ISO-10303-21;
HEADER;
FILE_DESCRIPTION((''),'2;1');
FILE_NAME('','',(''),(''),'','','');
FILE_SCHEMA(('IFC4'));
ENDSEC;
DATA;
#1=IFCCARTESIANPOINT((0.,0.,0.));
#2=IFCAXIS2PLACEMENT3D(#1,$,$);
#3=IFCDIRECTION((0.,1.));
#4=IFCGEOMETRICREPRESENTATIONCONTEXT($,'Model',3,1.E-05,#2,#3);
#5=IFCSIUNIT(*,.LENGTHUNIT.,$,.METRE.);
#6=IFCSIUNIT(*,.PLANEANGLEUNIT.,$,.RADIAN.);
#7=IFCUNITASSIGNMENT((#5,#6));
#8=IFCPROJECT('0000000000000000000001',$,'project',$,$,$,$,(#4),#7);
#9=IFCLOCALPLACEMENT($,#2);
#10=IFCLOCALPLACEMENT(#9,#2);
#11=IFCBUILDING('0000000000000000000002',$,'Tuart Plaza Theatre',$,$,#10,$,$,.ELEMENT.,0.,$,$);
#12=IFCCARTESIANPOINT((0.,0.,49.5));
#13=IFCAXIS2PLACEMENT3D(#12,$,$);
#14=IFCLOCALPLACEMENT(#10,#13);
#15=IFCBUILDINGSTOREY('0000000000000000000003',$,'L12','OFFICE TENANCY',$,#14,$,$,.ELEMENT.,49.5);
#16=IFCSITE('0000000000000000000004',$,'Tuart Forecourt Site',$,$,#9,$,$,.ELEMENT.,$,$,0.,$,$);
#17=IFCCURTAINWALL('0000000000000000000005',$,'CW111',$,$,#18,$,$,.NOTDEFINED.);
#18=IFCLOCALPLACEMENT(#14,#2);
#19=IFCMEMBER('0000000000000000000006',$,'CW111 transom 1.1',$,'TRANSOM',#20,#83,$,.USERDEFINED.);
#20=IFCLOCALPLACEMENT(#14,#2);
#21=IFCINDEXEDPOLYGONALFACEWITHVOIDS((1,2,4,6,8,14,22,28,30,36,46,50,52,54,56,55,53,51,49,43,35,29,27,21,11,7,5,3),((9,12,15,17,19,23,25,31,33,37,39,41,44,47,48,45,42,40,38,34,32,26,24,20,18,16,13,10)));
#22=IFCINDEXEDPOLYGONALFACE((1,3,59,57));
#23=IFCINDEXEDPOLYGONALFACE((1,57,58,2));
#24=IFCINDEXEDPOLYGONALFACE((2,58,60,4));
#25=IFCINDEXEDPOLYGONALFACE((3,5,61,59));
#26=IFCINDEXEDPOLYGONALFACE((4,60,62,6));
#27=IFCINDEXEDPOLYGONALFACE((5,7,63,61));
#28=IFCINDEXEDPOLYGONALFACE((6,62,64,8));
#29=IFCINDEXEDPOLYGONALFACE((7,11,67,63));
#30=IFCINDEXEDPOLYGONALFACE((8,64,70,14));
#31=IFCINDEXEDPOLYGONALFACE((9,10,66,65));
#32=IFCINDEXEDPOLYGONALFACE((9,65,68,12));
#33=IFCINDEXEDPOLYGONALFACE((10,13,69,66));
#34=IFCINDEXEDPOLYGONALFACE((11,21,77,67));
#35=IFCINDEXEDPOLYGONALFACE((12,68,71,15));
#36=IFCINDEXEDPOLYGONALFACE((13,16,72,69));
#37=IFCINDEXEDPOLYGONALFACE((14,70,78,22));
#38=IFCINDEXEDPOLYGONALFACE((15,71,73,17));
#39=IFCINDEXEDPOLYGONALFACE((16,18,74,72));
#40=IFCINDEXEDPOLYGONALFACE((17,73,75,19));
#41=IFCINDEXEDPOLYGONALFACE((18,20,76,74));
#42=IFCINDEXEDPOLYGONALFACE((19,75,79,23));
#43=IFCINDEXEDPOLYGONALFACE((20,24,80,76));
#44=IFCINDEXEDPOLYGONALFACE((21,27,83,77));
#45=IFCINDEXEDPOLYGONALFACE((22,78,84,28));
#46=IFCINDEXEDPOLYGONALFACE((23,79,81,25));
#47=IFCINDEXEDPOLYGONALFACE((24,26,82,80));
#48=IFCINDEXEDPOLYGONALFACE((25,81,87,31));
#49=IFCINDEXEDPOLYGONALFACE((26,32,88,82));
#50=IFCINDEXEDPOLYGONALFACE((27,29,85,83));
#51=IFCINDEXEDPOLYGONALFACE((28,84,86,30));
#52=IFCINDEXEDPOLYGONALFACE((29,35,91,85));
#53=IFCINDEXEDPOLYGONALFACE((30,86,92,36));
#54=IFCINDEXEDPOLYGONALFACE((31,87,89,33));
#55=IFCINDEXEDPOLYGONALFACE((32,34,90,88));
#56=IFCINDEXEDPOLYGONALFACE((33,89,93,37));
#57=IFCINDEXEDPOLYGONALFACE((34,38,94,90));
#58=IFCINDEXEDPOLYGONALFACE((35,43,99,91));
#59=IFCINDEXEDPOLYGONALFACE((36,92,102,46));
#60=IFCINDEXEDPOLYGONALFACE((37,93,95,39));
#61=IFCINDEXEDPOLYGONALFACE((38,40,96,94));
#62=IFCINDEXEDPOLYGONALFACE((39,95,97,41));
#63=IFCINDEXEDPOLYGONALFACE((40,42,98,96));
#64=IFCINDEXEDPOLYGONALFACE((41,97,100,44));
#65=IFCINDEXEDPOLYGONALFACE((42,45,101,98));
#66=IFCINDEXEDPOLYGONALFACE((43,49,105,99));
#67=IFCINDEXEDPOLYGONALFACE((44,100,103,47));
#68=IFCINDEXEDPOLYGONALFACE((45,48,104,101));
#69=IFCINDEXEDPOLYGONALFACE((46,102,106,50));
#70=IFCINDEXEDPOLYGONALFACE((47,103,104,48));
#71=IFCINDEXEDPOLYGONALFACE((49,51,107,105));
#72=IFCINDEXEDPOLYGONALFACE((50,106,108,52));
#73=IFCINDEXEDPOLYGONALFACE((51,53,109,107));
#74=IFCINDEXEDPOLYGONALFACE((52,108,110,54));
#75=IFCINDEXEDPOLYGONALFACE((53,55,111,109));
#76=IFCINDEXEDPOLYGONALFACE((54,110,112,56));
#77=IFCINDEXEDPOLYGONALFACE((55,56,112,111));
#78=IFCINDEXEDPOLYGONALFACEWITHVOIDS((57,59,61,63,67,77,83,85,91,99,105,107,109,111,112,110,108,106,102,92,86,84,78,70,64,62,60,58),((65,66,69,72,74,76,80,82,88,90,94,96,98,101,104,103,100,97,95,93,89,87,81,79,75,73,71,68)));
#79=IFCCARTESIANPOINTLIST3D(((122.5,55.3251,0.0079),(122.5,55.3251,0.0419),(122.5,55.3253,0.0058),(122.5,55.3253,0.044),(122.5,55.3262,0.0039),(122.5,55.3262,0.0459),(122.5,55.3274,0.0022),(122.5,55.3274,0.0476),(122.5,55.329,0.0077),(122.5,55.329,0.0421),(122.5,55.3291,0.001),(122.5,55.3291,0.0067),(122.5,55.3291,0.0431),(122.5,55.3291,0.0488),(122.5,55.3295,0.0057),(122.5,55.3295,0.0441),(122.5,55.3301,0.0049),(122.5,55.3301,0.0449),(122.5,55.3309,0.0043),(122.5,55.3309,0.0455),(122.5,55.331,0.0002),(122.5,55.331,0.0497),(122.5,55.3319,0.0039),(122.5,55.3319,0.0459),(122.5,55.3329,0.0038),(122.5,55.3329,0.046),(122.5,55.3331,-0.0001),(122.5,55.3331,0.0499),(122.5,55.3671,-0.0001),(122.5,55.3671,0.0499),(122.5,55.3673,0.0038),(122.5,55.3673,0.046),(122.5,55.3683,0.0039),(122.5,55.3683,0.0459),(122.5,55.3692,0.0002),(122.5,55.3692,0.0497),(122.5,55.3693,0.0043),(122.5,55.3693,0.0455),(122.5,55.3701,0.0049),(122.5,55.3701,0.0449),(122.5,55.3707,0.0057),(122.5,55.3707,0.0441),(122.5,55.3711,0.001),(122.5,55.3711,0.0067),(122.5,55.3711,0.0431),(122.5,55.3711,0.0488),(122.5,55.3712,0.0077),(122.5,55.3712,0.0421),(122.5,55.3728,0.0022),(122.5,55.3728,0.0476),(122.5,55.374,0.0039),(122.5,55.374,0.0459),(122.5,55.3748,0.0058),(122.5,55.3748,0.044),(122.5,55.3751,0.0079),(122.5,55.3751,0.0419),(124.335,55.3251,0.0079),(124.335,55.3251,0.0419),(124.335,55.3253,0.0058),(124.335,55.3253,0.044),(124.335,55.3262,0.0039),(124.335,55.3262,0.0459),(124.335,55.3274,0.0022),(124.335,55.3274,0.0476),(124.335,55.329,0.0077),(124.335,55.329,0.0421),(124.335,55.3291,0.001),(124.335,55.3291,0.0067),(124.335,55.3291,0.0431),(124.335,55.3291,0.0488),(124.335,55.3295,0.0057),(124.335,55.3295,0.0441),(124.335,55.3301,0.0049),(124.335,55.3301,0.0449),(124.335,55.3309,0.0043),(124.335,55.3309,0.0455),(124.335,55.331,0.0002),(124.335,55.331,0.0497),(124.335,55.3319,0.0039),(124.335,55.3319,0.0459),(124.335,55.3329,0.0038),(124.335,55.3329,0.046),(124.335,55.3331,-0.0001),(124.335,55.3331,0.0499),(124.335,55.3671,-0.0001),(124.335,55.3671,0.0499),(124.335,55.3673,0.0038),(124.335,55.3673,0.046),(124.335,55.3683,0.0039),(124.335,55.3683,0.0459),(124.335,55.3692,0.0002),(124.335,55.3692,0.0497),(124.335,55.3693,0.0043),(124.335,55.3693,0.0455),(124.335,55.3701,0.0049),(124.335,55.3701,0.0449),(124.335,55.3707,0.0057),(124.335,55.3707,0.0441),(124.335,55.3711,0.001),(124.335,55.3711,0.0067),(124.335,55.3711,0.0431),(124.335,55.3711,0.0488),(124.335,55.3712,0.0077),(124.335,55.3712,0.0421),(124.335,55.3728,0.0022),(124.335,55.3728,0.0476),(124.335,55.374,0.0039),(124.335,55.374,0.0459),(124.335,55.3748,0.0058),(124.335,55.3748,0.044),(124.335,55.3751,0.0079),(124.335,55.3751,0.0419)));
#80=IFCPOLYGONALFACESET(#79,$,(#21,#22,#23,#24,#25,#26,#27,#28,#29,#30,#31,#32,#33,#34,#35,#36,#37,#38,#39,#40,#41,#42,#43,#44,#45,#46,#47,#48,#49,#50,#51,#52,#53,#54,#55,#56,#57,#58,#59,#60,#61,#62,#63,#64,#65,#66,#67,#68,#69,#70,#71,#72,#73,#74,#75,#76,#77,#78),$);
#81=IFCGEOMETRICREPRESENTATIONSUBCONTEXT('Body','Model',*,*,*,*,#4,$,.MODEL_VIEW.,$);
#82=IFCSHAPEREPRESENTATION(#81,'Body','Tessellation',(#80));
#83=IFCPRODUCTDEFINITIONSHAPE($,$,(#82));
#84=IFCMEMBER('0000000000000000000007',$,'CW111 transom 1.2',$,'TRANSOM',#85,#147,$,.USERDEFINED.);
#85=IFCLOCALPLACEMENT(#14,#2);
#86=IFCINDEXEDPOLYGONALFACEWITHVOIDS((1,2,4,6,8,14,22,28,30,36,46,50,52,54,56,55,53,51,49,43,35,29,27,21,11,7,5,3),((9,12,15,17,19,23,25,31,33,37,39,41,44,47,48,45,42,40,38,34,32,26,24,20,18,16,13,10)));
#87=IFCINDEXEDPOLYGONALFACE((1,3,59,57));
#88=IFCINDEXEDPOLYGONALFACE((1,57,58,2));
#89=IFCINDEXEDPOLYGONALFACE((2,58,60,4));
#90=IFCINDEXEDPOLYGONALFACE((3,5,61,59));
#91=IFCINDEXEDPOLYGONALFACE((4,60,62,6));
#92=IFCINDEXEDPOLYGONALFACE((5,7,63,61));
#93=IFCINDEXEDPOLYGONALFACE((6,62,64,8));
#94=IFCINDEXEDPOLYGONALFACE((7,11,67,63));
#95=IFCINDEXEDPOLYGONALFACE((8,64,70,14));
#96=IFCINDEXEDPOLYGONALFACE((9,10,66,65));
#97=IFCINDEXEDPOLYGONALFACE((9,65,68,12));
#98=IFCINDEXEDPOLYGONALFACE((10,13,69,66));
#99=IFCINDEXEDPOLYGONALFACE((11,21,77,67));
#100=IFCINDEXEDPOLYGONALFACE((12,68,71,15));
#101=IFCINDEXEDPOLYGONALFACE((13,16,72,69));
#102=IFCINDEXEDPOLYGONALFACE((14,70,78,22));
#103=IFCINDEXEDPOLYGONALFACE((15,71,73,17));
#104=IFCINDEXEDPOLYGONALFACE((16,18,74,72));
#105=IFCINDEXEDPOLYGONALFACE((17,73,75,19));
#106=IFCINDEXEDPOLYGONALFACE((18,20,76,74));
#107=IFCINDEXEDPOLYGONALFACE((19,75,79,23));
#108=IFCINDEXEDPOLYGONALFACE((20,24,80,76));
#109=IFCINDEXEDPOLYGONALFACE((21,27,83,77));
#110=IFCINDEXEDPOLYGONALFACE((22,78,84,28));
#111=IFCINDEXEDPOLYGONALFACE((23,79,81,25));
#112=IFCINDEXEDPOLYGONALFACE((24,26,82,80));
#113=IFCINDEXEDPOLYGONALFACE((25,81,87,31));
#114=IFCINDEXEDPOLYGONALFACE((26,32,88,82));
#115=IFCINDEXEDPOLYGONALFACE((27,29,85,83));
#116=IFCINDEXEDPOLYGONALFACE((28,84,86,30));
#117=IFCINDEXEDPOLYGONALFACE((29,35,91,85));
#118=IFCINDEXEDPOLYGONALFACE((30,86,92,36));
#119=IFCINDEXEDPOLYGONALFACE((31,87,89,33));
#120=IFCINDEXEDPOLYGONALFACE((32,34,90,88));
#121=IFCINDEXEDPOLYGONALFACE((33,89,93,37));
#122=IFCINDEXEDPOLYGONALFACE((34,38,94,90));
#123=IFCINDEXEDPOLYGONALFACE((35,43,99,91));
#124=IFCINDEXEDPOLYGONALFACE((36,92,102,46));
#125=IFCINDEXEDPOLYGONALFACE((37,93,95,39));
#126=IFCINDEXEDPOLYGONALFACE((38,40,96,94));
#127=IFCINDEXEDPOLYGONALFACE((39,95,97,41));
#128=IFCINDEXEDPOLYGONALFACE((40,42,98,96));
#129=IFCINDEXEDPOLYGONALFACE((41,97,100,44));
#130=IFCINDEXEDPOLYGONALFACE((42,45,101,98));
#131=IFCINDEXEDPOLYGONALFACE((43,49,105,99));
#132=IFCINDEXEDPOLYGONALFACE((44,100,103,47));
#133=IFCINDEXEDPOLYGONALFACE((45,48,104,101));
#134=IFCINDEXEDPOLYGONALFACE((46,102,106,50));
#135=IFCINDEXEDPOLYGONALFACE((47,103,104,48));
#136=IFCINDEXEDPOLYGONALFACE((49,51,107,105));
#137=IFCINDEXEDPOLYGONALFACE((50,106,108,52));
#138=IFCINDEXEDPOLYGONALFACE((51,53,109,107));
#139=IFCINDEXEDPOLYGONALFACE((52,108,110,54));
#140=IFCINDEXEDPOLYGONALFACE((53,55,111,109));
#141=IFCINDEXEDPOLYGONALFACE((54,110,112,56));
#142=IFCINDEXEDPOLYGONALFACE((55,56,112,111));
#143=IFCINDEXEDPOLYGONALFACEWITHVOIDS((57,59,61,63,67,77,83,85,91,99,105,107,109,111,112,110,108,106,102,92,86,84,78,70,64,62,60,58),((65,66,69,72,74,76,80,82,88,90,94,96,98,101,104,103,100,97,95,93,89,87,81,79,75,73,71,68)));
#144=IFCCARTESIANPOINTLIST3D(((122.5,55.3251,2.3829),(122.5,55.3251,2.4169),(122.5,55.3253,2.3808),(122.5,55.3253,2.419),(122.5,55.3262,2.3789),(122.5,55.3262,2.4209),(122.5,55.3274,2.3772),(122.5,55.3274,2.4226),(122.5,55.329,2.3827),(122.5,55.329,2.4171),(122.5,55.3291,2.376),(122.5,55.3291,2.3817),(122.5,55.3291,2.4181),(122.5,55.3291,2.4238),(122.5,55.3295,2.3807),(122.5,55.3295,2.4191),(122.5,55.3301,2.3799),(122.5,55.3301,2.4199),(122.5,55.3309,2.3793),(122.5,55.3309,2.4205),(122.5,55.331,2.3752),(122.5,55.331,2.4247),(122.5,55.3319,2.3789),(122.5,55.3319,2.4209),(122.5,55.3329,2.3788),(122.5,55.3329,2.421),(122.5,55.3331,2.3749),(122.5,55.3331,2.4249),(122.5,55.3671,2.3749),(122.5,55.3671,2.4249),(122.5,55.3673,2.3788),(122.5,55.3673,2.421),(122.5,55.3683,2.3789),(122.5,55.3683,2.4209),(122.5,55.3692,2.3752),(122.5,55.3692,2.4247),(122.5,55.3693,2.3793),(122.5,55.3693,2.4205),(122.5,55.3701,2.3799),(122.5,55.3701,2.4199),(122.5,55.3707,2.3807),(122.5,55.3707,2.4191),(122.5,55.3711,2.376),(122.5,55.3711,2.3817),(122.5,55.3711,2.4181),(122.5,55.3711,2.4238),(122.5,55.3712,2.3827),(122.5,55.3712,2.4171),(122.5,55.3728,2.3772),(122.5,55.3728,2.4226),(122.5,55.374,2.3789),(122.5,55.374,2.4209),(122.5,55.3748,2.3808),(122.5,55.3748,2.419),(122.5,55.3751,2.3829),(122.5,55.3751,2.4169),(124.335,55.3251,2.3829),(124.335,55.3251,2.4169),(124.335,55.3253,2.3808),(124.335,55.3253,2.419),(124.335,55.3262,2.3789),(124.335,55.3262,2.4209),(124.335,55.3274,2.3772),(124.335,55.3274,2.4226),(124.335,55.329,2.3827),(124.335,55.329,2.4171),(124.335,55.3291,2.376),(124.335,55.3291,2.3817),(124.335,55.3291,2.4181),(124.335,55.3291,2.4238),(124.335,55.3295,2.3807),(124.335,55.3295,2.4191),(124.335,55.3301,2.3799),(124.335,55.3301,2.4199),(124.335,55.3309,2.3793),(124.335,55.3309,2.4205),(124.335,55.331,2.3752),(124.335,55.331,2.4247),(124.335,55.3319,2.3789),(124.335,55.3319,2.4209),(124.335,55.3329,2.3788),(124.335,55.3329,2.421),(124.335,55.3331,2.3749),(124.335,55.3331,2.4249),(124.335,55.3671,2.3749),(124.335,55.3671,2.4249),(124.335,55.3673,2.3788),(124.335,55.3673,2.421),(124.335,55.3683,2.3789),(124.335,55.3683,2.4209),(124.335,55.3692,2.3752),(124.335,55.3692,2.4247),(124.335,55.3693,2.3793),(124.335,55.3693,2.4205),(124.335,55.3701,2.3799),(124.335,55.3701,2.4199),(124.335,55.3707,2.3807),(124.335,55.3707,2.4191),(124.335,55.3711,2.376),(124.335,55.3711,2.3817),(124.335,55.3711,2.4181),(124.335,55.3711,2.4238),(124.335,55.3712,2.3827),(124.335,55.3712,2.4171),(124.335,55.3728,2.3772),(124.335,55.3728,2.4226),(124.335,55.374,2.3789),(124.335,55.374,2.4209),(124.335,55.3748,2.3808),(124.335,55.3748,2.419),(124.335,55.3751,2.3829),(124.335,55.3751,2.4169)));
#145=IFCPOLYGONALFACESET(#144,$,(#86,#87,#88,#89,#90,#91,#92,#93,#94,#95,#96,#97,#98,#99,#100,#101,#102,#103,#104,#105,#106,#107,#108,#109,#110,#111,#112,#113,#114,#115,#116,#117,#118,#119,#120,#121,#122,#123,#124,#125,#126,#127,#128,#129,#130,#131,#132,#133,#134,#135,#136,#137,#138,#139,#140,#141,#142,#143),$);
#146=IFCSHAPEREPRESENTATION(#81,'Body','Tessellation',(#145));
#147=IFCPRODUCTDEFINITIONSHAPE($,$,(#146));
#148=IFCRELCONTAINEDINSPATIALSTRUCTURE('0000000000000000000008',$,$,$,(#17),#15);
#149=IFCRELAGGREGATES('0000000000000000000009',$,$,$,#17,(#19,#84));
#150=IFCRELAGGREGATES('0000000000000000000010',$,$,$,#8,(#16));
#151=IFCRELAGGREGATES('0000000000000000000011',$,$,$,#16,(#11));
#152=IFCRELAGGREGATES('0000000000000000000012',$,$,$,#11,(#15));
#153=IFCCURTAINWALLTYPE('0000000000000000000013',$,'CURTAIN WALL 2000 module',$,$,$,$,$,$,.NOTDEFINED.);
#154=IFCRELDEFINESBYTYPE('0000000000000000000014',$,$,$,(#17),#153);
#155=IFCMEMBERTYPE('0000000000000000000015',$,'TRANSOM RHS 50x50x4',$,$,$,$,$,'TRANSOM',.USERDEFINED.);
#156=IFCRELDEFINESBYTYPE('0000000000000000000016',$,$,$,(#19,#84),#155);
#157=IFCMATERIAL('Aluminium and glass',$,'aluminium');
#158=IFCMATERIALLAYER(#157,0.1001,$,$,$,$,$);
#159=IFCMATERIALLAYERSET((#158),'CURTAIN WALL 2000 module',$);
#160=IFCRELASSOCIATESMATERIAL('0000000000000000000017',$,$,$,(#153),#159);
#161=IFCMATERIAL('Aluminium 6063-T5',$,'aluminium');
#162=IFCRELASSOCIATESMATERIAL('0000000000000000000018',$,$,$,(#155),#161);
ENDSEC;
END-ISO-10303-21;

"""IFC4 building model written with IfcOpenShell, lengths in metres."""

from ifc_helpers import new_model, si_unit, direction, frame, origin, origin_2d, place, context, subcontext, project, spatial, hollow_rectangle, extrude, material, layer, layer_set, material_profile, profile_set, type_object, element, aggregate, save


model = new_model("IFC4")

# Units and contexts
model_context = context("Model", 3, precision=1e-05, world=origin(), true_north=direction((0.0, 1.0)))
body_context = subcontext(model_context, "Body", "Model", "MODEL_VIEW")
ifc_project = project(units=[si_unit("LENGTHUNIT", "METRE"), si_unit("PLANEANGLEUNIT", "RADIAN")], contexts=[model_context])

# Site, building, storey
site_placement = place(None, origin())
site = spatial("IfcSite", under=ifc_project, at=site_placement, Name="Tuart Forecourt Site", CompositionType="ELEMENT", RefElevation=0.0)
building_placement = place(site_placement, origin())
building = spatial("IfcBuilding", under=site, at=building_placement, Name="Tuart Plaza Theatre", CompositionType="ELEMENT", ElevationOfRefHeight=0.0)
storey_placement = place(building_placement, frame((0.0, 0.0, 49.5)))
storey = spatial("IfcBuildingStorey", under=building, at=storey_placement, Name="L12", Description="OFFICE TENANCY", CompositionType="ELEMENT", Elevation=49.5)

# Curtain wall, members
ifc_material_1 = material(Name="Aluminium and glass", Category="aluminium")
ifc_layer_1 = layer(ifc_material_1, 0.1001)
ifc_layer_set_1 = layer_set([ifc_layer_1], Name="CURTAIN WALL 2000 module")
curtain_wall_type = type_object("IfcCurtainWallType", Name="CURTAIN WALL 2000 module", PredefinedType="NOTDEFINED", material=ifc_layer_set_1)
curtain_wall_placement = place(storey_placement, origin())
curtain_wall = element("IfcCurtainWall", 1, at=curtain_wall_placement, inside=storey, type_object=curtain_wall_type, Name="CW111", PredefinedType="NOTDEFINED")
ifc_material_2 = material(Name="Aluminium 6063-T5", Category="aluminium")
ifc_material_profile_1 = material_profile(ifc_material_2, hollow_rectangle(XDim=0.05, YDim=0.05, WallThickness=0.0039, InnerFilletRadius=0.0039, OuterFilletRadius=0.0081, at=origin_2d()), Name="RHS 50x50x4")
ifc_profile_set_1 = profile_set([ifc_material_profile_1], Name="Aluminium 6063-T5")
member_type_1 = type_object("IfcMemberType", Name="TRANSOM RHS 50x50x4", ElementType="TRANSOM", PredefinedType="USERDEFINED", material=ifc_profile_set_1)
member_1_placement = place(storey_placement, frame((122.5, 55.3501, 0.0249), z_axis=(1.0, 0.0, 0.0), x_axis=(0.0, 1.0, 0.0)))
member_1 = element("IfcMember", 2, at=member_1_placement, type_object=member_type_1, Name="CW111 transom 1.1", ObjectType="TRANSOM", PredefinedType="USERDEFINED", context=body_context, shape_type="SweptSolid", body=[
    extrude(hollow_rectangle(XDim=0.05, YDim=0.05, WallThickness=0.0039, InnerFilletRadius=0.0039, OuterFilletRadius=0.0081, at=origin_2d()), origin(), (0.0, 0.0, 1.0), 1.835),
])
member_2_placement = place(storey_placement, frame((122.5, 55.3501, 2.3999), z_axis=(1.0, 0.0, 0.0), x_axis=(0.0, 1.0, 0.0)))
member_2 = element("IfcMember", 3, at=member_2_placement, type_object=member_type_1, Name="CW111 transom 1.2", ObjectType="TRANSOM", PredefinedType="USERDEFINED", context=body_context, shape_type="SweptSolid", body=[
    extrude(hollow_rectangle(XDim=0.05, YDim=0.05, WallThickness=0.0039, InnerFilletRadius=0.0039, OuterFilletRadius=0.0081, at=origin_2d()), origin(), (0.0, 0.0, 1.0), 1.835),
])
aggregate(curtain_wall, [member_1, member_2])

save(model, "model.ifc")
